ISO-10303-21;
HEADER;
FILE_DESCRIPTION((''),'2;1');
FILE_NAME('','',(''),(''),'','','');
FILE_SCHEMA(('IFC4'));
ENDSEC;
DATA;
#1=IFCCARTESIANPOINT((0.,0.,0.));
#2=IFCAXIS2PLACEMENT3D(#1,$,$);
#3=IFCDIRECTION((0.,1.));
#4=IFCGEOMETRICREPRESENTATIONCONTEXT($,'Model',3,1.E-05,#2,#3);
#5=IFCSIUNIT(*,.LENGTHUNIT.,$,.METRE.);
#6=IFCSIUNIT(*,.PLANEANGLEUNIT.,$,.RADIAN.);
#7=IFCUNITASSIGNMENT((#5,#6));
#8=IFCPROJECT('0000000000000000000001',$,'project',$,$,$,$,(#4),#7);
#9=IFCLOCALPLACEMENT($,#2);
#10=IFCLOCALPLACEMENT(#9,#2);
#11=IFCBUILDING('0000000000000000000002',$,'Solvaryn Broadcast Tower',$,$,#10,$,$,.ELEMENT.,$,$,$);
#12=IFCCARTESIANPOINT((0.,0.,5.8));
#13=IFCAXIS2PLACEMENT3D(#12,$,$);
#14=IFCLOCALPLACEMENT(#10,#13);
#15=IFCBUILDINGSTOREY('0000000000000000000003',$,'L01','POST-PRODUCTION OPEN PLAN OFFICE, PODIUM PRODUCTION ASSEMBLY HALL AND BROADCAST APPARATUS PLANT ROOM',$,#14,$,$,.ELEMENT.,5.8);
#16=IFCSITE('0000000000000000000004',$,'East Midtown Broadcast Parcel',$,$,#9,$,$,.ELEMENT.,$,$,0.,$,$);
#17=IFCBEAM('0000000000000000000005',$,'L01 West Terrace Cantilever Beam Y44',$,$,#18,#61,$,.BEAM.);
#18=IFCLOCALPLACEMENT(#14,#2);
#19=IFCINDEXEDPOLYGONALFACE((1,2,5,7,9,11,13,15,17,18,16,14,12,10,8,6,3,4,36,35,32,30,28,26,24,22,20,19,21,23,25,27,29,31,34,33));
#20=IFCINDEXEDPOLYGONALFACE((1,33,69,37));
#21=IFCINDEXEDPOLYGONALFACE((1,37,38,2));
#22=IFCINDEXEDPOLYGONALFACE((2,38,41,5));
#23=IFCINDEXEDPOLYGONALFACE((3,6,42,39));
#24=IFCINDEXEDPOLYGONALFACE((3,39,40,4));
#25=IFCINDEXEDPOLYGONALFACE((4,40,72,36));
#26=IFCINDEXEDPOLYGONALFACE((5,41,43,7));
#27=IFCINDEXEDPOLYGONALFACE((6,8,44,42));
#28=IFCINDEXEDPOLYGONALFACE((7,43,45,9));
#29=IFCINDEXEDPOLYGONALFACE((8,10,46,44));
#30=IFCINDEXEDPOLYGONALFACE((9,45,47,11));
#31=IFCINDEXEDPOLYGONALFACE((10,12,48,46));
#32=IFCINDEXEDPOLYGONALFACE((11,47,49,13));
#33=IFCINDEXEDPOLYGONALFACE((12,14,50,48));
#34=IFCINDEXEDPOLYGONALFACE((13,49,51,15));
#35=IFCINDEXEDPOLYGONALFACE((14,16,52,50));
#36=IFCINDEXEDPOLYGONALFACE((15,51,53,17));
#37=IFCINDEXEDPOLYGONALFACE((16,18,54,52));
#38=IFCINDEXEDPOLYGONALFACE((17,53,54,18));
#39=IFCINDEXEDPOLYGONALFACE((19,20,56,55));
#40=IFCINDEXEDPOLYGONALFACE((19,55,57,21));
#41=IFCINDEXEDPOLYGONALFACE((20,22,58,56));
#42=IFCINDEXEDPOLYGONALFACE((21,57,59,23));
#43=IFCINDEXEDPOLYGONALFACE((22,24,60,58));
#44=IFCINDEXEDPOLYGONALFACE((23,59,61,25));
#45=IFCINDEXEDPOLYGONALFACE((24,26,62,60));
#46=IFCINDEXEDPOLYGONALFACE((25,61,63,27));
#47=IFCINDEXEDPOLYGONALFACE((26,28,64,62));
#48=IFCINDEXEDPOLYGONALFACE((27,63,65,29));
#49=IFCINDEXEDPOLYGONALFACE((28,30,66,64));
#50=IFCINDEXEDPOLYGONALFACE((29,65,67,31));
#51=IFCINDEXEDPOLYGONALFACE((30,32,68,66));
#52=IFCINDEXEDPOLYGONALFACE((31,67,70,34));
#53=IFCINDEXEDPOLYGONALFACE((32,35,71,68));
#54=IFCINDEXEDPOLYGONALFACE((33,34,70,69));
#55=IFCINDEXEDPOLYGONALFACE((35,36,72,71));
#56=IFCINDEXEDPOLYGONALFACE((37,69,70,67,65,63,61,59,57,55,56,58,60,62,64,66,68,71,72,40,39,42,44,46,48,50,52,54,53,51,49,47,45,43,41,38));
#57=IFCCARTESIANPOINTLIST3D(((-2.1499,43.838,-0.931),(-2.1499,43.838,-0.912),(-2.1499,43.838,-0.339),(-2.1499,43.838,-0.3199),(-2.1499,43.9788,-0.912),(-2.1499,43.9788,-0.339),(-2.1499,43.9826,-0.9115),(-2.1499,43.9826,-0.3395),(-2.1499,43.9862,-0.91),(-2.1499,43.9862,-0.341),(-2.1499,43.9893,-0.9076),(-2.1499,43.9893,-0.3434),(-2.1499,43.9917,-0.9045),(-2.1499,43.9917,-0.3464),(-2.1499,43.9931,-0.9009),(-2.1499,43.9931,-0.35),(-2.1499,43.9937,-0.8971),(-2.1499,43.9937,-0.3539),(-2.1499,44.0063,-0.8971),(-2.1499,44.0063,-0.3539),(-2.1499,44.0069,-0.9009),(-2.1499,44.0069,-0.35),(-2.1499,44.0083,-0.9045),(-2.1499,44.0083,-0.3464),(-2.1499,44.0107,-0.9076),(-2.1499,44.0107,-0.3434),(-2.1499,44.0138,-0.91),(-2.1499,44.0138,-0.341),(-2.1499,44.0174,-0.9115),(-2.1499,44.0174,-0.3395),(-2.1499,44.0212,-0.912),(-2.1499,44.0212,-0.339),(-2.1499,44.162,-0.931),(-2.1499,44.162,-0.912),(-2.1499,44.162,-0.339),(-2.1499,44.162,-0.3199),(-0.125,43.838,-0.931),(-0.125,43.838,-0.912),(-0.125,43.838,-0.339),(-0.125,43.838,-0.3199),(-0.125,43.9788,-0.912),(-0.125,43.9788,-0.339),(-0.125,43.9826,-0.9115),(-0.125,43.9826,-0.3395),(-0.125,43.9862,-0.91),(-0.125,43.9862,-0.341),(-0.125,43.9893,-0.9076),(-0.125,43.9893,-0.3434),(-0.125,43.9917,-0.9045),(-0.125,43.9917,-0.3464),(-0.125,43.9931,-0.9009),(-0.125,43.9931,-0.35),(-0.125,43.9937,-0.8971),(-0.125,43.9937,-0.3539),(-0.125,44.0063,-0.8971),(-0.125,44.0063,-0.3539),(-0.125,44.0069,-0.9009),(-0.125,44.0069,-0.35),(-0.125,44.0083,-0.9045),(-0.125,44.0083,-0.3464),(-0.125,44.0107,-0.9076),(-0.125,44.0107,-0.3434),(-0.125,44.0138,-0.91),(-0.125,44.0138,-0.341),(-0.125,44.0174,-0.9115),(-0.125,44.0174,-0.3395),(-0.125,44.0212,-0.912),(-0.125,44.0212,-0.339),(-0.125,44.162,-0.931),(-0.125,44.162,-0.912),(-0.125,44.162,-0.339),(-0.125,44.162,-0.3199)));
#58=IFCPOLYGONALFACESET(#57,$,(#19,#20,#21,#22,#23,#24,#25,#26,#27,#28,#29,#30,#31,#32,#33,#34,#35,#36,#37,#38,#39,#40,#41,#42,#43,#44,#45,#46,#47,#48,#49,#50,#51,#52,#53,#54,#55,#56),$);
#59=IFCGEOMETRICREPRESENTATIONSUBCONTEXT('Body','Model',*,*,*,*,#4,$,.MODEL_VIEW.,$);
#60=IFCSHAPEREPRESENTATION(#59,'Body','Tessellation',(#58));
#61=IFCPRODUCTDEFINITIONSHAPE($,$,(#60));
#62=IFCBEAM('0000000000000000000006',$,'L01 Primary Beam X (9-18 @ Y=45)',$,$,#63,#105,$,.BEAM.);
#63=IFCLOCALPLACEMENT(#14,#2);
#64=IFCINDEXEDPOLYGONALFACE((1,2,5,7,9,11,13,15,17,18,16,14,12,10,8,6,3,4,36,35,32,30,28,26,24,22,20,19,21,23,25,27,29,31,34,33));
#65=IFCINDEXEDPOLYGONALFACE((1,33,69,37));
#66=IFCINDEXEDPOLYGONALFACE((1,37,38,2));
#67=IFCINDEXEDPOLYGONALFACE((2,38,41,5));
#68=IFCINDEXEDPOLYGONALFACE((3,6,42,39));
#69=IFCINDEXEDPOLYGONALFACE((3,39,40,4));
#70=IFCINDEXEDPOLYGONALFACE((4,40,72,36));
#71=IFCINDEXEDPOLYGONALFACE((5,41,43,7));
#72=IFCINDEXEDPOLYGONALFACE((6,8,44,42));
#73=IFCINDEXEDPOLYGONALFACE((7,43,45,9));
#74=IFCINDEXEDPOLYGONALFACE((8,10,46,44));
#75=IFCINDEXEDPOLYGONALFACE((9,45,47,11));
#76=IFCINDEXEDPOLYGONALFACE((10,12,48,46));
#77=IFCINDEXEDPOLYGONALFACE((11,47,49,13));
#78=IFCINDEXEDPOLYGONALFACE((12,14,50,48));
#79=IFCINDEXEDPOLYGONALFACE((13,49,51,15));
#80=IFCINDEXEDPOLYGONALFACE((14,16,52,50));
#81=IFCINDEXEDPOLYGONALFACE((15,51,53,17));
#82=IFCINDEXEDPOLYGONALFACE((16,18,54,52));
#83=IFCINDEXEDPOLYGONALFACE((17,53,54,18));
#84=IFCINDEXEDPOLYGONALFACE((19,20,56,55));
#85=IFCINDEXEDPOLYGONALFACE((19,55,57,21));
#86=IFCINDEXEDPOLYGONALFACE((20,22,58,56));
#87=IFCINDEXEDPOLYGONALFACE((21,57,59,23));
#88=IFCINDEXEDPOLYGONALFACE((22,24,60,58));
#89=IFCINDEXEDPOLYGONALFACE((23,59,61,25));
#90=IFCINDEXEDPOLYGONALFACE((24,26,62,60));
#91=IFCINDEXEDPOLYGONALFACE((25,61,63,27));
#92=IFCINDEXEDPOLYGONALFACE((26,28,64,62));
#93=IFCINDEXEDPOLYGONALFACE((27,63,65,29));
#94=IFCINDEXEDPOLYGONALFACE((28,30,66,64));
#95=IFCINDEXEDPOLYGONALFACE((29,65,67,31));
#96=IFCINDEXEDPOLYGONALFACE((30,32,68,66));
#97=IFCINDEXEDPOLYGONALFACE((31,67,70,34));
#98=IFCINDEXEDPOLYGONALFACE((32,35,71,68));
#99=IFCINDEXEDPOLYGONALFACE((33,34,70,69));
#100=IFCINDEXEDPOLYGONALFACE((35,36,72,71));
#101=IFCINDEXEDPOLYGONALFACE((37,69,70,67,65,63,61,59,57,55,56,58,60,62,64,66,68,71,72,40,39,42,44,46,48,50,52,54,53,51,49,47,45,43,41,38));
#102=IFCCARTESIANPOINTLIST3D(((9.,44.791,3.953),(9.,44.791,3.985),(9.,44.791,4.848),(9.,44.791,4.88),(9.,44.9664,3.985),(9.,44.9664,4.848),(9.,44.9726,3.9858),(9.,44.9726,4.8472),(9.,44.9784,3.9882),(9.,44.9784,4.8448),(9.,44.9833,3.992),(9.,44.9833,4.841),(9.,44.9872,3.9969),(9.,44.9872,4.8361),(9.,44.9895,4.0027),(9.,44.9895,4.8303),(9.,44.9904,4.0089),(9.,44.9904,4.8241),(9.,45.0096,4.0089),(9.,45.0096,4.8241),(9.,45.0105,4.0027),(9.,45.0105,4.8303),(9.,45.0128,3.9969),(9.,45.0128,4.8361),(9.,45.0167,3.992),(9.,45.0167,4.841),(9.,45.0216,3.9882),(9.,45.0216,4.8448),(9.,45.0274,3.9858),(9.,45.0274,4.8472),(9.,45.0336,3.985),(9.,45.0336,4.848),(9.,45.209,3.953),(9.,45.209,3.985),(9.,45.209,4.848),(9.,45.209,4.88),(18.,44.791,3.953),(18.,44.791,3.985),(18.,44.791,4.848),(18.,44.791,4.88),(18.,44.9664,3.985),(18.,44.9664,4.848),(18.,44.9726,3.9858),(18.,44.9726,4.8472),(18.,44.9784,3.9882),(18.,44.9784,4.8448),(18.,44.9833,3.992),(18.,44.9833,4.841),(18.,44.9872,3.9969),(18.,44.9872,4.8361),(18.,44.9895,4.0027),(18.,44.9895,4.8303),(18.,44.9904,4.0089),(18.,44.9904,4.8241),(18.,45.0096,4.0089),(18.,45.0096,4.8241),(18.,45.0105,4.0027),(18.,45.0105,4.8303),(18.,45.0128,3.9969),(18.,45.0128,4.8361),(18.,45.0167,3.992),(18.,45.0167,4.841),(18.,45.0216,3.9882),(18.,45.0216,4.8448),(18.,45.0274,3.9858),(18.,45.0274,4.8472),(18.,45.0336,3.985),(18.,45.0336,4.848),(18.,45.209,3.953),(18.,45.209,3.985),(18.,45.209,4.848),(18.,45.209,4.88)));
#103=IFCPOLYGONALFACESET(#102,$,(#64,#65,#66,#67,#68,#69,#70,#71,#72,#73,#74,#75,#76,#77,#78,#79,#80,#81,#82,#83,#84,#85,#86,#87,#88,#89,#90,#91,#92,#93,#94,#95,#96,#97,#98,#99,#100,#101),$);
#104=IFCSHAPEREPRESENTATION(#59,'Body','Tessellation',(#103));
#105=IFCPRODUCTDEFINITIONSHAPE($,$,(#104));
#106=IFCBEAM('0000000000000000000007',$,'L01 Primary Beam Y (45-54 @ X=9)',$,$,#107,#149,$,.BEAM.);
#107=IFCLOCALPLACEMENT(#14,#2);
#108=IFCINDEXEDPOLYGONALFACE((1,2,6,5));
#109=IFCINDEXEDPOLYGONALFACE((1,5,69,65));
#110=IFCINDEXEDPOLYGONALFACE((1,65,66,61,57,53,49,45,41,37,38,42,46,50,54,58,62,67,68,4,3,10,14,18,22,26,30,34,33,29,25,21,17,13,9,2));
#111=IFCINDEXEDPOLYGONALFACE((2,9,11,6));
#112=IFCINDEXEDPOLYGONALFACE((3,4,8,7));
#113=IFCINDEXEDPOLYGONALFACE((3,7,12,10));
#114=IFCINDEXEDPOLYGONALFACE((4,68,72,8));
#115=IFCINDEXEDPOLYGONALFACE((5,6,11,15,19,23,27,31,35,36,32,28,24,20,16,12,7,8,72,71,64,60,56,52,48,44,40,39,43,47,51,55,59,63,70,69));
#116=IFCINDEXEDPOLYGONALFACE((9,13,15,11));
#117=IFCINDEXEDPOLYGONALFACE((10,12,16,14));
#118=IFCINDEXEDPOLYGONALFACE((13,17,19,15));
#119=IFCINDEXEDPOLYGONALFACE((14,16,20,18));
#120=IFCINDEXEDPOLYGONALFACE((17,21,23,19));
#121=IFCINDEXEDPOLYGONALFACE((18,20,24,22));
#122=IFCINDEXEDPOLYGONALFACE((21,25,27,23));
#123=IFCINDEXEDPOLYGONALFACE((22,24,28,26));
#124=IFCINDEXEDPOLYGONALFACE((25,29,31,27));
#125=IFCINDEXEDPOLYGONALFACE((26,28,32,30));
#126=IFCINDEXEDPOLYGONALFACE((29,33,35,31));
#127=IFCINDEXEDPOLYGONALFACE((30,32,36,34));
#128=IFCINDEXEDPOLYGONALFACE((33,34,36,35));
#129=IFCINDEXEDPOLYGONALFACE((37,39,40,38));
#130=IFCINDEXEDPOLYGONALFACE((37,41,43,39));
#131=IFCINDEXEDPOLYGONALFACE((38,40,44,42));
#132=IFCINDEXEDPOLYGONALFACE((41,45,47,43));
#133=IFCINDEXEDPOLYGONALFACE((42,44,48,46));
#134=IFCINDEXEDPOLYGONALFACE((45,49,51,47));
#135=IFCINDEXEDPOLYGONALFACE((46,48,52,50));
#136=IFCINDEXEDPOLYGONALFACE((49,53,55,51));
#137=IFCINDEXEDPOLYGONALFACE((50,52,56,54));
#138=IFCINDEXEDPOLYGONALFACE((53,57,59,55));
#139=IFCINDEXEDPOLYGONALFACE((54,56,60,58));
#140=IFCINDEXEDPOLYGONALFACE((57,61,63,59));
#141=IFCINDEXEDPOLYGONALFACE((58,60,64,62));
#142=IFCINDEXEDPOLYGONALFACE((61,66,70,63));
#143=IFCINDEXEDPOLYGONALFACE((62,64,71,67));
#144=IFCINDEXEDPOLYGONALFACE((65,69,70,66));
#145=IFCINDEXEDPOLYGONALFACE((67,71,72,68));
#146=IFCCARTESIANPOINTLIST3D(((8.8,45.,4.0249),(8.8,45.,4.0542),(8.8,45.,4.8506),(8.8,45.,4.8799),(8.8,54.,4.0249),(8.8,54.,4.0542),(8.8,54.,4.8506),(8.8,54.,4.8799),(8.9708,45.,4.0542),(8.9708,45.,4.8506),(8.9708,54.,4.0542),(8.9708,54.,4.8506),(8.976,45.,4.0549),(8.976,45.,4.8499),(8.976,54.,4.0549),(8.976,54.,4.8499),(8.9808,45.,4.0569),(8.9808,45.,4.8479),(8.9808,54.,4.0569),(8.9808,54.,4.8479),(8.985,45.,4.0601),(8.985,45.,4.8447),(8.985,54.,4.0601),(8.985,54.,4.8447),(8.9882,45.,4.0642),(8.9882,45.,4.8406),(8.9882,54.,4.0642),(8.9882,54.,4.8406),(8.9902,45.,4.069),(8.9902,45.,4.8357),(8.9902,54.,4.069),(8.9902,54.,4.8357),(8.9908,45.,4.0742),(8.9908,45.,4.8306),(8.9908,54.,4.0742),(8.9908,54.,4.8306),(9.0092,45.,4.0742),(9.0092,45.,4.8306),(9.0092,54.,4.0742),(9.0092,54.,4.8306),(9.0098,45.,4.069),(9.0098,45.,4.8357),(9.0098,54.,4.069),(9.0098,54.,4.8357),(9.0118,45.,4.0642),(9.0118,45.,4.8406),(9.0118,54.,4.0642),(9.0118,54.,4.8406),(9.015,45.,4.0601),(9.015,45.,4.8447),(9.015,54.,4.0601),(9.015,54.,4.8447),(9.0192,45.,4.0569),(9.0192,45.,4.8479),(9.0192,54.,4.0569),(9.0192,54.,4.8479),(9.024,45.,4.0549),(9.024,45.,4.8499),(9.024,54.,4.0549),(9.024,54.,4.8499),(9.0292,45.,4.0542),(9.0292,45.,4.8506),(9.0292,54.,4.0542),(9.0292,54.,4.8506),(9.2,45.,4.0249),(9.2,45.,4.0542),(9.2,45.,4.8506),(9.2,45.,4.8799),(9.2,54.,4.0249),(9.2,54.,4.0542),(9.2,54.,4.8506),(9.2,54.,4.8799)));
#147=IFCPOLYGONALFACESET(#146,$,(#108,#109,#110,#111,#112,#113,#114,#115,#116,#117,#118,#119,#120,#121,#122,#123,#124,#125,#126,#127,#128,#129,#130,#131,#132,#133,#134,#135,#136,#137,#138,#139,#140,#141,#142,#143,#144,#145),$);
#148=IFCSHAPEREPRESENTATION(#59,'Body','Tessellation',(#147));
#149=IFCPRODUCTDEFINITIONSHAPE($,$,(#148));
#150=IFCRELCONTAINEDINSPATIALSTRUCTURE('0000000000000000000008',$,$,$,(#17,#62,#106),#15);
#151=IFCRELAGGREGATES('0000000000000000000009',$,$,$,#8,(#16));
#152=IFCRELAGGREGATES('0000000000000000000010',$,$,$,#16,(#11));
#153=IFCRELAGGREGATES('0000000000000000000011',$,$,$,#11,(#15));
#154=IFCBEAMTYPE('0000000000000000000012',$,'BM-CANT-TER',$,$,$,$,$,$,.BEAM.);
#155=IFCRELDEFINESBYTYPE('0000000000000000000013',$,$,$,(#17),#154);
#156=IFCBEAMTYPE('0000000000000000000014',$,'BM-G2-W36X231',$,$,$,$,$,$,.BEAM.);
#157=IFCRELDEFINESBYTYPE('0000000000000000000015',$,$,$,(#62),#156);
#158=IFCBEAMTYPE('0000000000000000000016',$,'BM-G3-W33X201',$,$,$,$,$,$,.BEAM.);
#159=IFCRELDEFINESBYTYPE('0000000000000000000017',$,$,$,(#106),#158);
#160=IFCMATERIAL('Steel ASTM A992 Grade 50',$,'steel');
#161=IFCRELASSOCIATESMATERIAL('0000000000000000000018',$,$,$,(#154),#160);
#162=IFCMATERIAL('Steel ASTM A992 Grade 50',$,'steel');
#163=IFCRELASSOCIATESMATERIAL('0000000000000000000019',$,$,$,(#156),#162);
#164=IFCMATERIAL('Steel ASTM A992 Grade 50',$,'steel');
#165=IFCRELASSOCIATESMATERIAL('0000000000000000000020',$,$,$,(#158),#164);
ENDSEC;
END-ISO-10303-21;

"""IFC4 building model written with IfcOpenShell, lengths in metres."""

from ifc_helpers import new_model, si_unit, direction, frame, origin, origin_2d, place, context, subcontext, project, spatial, i_section, extrude, material, material_profile, profile_set, type_object, element, save


model = new_model("IFC4")

# Units and contexts
model_context = context("Model", 3, precision=1e-05, world=origin(), true_north=direction((0.0, 1.0)))
body_context = subcontext(model_context, "Body", "Model", "MODEL_VIEW")
ifc_project = project(units=[si_unit("LENGTHUNIT", "METRE"), si_unit("PLANEANGLEUNIT", "RADIAN")], contexts=[model_context])

# Site, building, storey
site_placement = place(None, origin())
site = spatial("IfcSite", under=ifc_project, at=site_placement, Name="East Midtown Broadcast Parcel", CompositionType="ELEMENT", RefElevation=0.0)
building_placement = place(site_placement, origin())
building = spatial("IfcBuilding", under=site, at=building_placement, Name="Solvaryn Broadcast Tower", CompositionType="ELEMENT")
storey_placement = place(building_placement, frame((0.0, 0.0, 5.8)))
storey = spatial("IfcBuildingStorey", under=building, at=storey_placement, Name="L01", Description="POST-PRODUCTION OPEN PLAN OFFICE, PODIUM PRODUCTION ASSEMBLY HALL AND BROADCAST APPARATUS PLANT ROOM", CompositionType="ELEMENT", Elevation=5.8)

# Beams
ifc_material_1 = material(Name="Steel ASTM A992 Grade 50", Category="steel")
ifc_material_profile_1 = material_profile(ifc_material_1, i_section(OverallWidth=0.324, OverallDepth=0.6111, WebThickness=0.0127, FlangeThickness=0.019, FilletRadius=0.0149, at=origin_2d()))
ifc_profile_set_1 = profile_set([ifc_material_profile_1], Name="Steel ASTM A992 Grade 50")
beam_type_1 = type_object("IfcBeamType", Name="BM-CANT-TER", PredefinedType="BEAM", material=ifc_profile_set_1)
beam_1_placement = place(storey_placement, frame((-0.125, 44.0, -0.6255), z_axis=(-1.0, 0.0, 0.0), x_axis=(0.0, -1.0, 0.0)))
element("IfcBeam", 1, at=beam_1_placement, inside=storey, type_object=beam_type_1, Name="L01 West Terrace Cantilever Beam Y44", PredefinedType="BEAM", context=body_context, shape_type="SweptSolid", body=[
    extrude(i_section(OverallWidth=0.324, OverallDepth=0.6111, WebThickness=0.0127, FlangeThickness=0.019, FilletRadius=0.0149, at=origin_2d()), origin(), (0.0, 0.0, 1.0), 2.0249),
])
ifc_material_2 = material(Name="Steel ASTM A992 Grade 50", Category="steel")
ifc_material_profile_2 = material_profile(ifc_material_2, i_section(OverallWidth=0.418, OverallDepth=0.927, WebThickness=0.0193, FlangeThickness=0.032, FilletRadius=0.0239, at=origin_2d()))
ifc_profile_set_2 = profile_set([ifc_material_profile_2], Name="Steel ASTM A992 Grade 50")
beam_type_2 = type_object("IfcBeamType", Name="BM-G2-W36X231", PredefinedType="BEAM", material=ifc_profile_set_2)
beam_2_placement = place(storey_placement, frame((9.0, 45.0, 4.4165), z_axis=(1.0, 0.0, 0.0), x_axis=(0.0, 1.0, 0.0)))
element("IfcBeam", 2, at=beam_2_placement, inside=storey, type_object=beam_type_2, Name="L01 Primary Beam X (9-18 @ Y=45)", PredefinedType="BEAM", context=body_context, shape_type="SweptSolid", body=[
    extrude(i_section(OverallWidth=0.418, OverallDepth=0.927, WebThickness=0.0193, FlangeThickness=0.032, FilletRadius=0.0239, at=origin_2d()), origin(), (0.0, 0.0, 1.0), 9.0),
])
ifc_material_3 = material(Name="Steel ASTM A992 Grade 50", Category="steel")
ifc_material_profile_3 = material_profile(ifc_material_3, i_section(OverallWidth=0.3999, OverallDepth=0.855, WebThickness=0.0183, FlangeThickness=0.0293, FilletRadius=0.02, at=origin_2d()))
ifc_profile_set_3 = profile_set([ifc_material_profile_3], Name="Steel ASTM A992 Grade 50")
beam_type_3 = type_object("IfcBeamType", Name="BM-G3-W33X201", PredefinedType="BEAM", material=ifc_profile_set_3)
beam_3_placement = place(storey_placement, frame((9.0, 45.0, 4.4524), z_axis=(0.0, 1.0, 0.0), x_axis=(-1.0, 0.0, 0.0)))
element("IfcBeam", 3, at=beam_3_placement, inside=storey, type_object=beam_type_3, Name="L01 Primary Beam Y (45-54 @ X=9)", PredefinedType="BEAM", context=body_context, shape_type="SweptSolid", body=[
    extrude(i_section(OverallWidth=0.3999, OverallDepth=0.855, WebThickness=0.0183, FlangeThickness=0.0293, FilletRadius=0.02, at=origin_2d()), origin(), (0.0, 0.0, 1.0), 9.0),
])

save(model, "model.ifc")
